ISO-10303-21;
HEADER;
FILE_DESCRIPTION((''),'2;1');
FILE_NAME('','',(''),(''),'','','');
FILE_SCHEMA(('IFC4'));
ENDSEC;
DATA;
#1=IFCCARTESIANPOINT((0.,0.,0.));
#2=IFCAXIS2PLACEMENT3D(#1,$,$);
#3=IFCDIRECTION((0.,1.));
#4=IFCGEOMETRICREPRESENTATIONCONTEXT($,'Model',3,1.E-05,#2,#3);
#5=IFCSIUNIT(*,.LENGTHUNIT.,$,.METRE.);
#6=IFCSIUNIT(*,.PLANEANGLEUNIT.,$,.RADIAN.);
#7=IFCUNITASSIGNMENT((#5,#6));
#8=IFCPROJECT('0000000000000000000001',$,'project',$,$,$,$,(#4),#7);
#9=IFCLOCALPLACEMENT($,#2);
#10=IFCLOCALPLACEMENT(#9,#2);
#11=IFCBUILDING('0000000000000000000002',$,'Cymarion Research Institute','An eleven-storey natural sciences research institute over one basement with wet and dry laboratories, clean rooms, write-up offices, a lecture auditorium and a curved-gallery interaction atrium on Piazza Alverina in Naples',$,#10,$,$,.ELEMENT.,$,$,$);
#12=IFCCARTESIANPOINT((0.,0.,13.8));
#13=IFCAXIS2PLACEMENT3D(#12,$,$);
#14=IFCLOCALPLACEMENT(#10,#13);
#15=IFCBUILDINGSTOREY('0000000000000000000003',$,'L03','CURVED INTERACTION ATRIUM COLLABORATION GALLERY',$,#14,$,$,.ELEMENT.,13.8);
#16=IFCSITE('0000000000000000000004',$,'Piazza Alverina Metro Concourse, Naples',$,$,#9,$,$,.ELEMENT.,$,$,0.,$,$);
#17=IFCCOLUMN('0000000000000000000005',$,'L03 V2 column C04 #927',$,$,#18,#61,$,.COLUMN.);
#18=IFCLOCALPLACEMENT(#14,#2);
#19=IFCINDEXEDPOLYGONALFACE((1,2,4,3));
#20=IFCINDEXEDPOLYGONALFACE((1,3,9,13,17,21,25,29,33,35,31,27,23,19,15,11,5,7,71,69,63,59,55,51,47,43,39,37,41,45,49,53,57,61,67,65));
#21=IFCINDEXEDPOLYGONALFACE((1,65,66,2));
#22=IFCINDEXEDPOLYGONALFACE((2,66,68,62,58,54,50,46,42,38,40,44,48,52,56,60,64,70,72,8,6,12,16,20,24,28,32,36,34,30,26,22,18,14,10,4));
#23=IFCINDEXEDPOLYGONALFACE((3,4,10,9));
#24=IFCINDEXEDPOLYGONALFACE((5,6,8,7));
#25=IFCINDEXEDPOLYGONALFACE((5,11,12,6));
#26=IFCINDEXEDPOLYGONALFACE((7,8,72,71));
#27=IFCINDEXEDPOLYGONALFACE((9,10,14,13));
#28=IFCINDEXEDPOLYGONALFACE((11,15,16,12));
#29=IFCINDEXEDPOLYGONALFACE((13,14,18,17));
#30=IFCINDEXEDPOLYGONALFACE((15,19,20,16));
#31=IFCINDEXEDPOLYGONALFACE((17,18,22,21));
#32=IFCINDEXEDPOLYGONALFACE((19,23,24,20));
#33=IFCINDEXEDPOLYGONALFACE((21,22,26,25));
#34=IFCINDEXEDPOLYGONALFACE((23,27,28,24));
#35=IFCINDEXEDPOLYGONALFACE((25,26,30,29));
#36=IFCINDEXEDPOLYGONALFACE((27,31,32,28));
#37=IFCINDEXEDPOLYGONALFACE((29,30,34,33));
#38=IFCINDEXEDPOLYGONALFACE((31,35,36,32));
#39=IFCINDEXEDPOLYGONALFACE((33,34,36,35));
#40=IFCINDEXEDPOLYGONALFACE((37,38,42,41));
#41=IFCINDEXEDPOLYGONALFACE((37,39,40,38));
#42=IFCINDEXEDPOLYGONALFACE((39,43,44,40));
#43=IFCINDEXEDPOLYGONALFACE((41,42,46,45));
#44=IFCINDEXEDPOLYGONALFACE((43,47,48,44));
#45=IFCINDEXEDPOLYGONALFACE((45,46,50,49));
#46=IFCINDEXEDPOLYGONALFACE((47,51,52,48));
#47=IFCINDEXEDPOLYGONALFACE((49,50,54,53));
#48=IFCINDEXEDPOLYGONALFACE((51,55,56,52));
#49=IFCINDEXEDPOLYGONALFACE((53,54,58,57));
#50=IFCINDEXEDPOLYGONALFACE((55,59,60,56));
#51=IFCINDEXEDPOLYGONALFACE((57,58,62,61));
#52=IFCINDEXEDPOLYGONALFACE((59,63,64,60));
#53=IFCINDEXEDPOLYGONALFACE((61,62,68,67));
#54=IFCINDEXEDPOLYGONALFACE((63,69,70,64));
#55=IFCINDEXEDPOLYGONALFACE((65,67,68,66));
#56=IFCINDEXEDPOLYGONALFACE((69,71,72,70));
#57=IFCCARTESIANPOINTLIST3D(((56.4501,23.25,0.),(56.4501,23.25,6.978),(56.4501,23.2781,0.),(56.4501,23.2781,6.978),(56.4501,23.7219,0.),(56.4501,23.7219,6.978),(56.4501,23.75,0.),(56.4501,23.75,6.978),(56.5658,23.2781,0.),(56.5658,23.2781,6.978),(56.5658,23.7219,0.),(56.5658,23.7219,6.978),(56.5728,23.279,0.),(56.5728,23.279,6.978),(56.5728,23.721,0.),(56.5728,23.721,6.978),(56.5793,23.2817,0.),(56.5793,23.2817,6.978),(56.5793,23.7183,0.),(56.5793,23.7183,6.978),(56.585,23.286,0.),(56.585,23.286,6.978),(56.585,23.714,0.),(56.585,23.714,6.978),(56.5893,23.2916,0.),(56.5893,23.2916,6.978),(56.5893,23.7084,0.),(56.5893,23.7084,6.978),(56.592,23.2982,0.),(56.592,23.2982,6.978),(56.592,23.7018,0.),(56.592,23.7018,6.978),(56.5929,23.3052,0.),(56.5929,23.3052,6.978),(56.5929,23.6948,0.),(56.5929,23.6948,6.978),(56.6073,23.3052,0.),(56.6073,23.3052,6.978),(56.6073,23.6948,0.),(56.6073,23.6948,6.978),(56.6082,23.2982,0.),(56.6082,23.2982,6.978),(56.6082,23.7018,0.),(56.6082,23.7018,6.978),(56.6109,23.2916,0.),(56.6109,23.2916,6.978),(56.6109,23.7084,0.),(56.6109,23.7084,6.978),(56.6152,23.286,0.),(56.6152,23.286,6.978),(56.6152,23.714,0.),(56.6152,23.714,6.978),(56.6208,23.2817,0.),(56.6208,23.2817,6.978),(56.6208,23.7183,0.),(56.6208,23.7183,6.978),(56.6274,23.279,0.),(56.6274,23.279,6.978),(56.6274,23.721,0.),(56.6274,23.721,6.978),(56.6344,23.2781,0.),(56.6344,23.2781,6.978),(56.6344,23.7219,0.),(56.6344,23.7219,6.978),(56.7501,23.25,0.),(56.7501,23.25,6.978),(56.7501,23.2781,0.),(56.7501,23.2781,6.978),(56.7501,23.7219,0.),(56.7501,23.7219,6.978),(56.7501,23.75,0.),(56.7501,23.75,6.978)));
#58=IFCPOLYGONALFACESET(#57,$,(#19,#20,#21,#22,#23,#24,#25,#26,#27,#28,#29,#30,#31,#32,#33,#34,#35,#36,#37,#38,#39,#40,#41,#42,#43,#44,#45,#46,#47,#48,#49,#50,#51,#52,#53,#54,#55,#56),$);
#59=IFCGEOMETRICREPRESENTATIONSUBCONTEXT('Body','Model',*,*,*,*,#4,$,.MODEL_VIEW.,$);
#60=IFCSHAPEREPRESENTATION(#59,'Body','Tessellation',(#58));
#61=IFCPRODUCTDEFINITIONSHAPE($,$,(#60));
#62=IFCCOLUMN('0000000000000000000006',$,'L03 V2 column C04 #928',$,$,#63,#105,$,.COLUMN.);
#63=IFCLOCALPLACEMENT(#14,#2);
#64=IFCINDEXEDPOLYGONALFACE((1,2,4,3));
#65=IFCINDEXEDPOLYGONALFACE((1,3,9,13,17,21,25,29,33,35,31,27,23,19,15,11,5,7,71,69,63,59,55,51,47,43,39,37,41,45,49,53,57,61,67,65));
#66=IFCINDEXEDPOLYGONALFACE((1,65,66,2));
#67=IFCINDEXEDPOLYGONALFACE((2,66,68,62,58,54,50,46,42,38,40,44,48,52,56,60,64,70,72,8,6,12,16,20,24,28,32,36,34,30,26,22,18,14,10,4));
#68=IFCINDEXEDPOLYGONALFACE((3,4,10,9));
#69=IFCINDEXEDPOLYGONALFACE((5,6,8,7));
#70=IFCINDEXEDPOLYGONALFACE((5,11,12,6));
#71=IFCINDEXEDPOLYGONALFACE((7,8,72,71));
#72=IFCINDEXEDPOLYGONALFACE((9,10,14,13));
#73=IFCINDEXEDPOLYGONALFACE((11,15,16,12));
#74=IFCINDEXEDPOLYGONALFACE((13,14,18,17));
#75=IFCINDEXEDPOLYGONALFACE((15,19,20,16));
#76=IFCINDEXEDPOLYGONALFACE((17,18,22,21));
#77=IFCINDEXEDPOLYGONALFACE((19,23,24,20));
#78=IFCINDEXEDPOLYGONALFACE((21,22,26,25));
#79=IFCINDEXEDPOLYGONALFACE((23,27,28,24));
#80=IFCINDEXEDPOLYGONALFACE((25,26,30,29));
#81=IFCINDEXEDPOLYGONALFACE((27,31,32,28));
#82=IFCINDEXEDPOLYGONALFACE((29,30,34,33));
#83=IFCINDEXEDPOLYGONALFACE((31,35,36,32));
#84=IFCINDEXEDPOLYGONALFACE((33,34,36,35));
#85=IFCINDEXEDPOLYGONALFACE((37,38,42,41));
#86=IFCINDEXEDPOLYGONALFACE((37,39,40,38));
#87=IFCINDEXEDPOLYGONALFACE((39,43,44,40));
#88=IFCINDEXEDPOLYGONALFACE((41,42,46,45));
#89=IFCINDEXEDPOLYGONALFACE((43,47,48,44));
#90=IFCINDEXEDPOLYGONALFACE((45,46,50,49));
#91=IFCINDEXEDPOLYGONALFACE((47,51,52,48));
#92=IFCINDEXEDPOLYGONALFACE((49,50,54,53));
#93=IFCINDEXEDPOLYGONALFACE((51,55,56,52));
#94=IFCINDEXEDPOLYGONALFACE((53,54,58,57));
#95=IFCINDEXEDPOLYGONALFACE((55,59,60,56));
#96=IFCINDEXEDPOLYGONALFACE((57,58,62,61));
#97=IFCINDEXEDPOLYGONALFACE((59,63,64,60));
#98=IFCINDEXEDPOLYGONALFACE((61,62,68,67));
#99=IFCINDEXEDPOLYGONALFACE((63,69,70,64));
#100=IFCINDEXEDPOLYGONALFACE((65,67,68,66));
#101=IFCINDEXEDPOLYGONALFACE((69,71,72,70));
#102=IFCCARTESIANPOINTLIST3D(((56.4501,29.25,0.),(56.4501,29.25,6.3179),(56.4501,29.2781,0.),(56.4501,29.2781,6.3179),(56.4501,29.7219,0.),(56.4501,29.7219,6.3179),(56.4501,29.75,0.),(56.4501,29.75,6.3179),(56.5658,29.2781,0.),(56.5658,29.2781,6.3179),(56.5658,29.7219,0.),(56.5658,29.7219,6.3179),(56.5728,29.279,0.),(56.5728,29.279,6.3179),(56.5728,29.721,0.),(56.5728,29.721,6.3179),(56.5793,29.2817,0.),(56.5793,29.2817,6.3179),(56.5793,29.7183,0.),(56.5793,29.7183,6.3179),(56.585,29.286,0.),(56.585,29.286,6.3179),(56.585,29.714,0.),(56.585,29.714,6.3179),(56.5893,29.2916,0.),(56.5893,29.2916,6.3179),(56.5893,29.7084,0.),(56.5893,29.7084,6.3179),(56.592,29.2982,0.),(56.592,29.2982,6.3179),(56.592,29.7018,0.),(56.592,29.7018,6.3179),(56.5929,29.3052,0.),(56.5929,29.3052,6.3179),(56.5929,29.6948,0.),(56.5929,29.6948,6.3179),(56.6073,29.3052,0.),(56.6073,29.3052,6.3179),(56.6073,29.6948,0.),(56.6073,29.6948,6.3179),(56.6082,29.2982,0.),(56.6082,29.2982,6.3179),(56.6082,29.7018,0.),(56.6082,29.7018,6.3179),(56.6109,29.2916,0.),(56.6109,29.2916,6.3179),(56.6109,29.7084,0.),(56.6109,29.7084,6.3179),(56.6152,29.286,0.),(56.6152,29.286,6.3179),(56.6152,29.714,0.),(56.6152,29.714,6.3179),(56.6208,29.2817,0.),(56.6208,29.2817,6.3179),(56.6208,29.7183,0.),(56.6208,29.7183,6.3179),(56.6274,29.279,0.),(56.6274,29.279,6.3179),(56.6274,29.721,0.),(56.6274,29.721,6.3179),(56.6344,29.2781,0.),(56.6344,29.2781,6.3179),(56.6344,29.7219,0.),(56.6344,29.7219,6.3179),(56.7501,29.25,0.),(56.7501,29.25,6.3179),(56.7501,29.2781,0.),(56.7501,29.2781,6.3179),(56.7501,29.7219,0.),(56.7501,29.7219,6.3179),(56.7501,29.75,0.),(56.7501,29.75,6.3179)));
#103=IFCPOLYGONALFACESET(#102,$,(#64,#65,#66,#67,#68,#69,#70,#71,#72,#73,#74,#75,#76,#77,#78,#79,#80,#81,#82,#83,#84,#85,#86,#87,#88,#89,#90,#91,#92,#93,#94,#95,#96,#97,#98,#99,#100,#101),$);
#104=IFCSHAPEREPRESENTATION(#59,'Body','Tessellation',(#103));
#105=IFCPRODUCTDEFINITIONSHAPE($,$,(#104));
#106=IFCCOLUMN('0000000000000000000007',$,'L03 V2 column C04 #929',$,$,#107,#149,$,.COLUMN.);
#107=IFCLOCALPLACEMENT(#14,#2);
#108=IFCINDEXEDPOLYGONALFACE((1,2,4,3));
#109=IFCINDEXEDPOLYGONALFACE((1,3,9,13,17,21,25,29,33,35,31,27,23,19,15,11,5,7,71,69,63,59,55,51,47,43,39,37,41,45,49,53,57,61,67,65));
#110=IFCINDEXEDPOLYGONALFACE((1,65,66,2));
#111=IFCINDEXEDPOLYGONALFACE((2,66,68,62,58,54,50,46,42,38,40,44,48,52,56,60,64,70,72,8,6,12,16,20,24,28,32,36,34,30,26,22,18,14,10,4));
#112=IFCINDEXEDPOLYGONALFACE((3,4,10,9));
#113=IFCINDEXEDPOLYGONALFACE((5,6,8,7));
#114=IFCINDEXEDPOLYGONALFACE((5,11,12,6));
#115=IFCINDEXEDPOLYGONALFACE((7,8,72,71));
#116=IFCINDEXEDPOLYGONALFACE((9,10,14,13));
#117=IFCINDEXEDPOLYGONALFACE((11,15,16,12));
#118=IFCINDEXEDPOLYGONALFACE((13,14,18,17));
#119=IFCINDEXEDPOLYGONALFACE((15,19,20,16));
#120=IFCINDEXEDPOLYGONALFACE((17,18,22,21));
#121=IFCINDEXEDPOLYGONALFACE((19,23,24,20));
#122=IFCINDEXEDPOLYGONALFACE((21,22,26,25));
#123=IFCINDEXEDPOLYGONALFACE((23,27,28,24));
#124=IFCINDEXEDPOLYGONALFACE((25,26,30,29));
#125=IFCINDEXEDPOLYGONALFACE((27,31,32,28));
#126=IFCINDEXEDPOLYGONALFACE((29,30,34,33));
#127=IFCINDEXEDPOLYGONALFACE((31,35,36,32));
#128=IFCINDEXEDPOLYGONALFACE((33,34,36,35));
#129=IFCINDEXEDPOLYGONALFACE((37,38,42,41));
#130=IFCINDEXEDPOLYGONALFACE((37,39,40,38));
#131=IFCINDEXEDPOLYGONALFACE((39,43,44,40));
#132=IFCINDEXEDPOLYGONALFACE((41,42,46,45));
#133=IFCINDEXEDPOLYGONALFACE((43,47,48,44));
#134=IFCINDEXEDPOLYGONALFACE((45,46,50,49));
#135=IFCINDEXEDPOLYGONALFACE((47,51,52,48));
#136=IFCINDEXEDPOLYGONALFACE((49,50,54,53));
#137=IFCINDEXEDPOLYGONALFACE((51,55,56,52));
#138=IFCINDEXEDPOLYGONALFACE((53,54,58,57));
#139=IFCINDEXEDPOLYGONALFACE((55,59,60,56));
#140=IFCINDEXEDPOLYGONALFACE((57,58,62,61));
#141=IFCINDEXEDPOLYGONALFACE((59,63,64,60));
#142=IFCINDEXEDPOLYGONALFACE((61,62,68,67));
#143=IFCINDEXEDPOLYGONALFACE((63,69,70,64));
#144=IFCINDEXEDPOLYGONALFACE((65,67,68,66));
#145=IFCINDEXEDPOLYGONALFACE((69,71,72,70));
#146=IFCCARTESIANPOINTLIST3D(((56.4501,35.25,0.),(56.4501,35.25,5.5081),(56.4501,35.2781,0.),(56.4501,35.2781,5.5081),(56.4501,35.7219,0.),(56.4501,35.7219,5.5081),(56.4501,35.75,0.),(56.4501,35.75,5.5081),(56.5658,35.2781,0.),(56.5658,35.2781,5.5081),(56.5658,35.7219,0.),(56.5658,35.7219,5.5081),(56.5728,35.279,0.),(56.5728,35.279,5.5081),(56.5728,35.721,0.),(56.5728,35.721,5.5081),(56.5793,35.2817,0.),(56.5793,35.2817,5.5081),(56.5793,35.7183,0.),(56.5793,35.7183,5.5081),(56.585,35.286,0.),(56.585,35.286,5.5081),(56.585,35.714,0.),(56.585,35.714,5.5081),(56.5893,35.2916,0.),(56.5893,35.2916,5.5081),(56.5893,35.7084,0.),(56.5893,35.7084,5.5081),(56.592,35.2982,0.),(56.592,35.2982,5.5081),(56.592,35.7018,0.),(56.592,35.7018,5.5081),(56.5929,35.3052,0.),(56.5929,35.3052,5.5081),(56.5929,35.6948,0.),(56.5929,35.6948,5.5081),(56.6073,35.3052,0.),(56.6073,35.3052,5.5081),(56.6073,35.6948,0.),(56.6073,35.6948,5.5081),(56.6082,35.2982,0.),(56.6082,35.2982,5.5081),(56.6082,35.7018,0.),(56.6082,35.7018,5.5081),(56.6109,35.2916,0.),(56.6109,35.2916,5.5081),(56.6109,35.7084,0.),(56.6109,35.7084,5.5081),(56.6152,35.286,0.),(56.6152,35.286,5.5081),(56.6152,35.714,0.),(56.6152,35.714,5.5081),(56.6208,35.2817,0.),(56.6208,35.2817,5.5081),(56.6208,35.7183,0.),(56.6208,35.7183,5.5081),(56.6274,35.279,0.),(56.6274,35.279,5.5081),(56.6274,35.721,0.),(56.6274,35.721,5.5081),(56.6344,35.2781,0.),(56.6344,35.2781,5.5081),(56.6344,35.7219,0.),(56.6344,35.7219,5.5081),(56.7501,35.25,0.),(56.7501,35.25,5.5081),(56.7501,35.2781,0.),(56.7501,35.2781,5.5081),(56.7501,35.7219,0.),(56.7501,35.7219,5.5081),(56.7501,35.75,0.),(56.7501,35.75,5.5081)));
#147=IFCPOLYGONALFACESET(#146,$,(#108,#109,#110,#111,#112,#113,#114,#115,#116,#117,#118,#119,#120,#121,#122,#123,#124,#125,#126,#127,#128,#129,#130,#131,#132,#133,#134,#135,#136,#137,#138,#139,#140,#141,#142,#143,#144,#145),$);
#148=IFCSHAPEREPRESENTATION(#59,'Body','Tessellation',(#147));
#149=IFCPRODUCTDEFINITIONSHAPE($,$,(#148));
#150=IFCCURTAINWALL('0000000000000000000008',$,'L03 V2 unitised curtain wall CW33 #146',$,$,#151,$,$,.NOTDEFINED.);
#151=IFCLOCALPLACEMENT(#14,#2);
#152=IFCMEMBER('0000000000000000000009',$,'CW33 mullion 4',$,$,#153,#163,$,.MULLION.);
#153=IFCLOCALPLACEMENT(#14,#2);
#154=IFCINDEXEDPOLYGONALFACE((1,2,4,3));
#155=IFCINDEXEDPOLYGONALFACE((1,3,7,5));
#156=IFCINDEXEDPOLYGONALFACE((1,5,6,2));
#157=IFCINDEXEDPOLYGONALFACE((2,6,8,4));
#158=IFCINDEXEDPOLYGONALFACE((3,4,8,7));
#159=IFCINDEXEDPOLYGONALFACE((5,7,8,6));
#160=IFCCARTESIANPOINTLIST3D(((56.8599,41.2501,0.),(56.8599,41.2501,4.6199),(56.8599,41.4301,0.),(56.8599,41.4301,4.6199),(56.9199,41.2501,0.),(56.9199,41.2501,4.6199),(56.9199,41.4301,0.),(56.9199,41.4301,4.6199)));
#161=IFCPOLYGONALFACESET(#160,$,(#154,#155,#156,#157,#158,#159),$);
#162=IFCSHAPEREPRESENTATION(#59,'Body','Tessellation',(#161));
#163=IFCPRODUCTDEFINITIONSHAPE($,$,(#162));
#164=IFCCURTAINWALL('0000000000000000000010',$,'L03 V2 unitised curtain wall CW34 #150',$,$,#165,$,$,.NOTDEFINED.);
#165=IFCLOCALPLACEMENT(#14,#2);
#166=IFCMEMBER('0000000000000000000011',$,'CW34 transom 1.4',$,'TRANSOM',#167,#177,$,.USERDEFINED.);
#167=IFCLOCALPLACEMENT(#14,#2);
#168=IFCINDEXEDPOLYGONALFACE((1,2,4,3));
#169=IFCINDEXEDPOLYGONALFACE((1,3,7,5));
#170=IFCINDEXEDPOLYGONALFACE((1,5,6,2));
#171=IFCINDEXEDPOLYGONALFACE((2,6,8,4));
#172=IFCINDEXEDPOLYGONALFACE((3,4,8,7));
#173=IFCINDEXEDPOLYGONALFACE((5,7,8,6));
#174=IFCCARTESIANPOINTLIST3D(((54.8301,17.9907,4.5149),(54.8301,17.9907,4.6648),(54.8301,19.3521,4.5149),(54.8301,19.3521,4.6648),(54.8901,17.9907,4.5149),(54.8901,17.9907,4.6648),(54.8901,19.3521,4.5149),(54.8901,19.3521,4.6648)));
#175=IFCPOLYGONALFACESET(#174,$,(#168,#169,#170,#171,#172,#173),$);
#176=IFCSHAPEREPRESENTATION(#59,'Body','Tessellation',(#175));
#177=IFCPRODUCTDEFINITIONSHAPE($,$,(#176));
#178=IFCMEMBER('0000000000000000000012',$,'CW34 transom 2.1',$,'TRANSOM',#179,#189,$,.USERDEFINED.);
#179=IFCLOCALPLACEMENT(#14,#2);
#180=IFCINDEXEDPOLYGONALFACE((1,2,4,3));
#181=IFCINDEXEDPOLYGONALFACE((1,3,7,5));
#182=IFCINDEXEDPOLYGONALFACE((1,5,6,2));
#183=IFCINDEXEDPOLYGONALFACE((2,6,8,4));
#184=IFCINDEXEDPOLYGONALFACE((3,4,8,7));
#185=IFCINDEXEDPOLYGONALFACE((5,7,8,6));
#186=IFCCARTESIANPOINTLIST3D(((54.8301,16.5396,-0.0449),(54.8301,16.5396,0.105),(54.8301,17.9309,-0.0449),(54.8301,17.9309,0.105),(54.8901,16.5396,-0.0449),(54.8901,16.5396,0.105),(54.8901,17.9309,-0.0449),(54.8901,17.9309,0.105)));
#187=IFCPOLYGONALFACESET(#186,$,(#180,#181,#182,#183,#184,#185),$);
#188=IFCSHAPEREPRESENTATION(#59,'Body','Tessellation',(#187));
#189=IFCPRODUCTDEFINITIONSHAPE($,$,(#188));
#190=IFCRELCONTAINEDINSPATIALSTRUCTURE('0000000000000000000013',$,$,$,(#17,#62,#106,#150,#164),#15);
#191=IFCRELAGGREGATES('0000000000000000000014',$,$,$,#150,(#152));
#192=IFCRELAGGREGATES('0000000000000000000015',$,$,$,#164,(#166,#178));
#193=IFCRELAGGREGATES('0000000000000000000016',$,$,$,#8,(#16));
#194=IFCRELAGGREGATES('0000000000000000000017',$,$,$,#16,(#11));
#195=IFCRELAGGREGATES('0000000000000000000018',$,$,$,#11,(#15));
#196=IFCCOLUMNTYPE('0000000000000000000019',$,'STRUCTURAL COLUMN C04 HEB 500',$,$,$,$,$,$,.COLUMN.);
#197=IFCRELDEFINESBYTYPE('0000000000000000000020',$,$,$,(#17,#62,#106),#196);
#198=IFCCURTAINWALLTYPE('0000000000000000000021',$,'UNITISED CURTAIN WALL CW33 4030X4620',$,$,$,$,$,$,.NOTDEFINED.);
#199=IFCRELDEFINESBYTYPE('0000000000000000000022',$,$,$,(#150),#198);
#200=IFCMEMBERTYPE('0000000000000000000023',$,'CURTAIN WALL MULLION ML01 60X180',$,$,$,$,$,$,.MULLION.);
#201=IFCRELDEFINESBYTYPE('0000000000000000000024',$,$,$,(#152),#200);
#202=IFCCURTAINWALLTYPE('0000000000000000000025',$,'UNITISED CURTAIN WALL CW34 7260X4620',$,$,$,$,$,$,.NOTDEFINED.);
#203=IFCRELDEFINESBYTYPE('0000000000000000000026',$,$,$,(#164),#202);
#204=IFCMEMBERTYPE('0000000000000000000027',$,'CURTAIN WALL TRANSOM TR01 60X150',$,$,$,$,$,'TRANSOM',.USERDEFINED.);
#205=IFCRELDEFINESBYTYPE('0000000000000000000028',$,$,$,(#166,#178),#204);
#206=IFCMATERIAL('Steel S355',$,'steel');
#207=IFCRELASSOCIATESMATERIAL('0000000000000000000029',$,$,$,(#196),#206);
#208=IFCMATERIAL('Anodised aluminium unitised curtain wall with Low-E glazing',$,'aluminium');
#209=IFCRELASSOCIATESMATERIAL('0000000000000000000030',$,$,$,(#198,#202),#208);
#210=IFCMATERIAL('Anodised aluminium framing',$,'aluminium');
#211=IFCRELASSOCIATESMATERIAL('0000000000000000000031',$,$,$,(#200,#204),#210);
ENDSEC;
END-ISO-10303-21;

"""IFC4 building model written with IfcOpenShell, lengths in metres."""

from ifc_helpers import new_model, si_unit, direction, frame, origin, origin_2d, place, context, subcontext, project, spatial, rectangle, i_section, extrude, material, material_profile, profile_set, type_object, element, aggregate, save


model = new_model("IFC4")

# Units and contexts
model_context = context("Model", 3, precision=1e-05, world=origin(), true_north=direction((0.0, 1.0)))
body_context = subcontext(model_context, "Body", "Model", "MODEL_VIEW")
ifc_project = project(units=[si_unit("LENGTHUNIT", "METRE"), si_unit("PLANEANGLEUNIT", "RADIAN")], contexts=[model_context])

# Site, building, storey
site_placement = place(None, origin())
site = spatial("IfcSite", under=ifc_project, at=site_placement, Name="Piazza Alverina Metro Concourse, Naples", CompositionType="ELEMENT", RefElevation=0.0)
building_placement = place(site_placement, origin())
building = spatial("IfcBuilding", under=site, at=building_placement, Name="Cymarion Research Institute", Description="An eleven-storey natural sciences research institute over one basement with wet and dry laboratories, clean rooms, write-up offices, a lecture auditorium and a curved-gallery interaction atrium on Piazza Alverina in Naples", CompositionType="ELEMENT")
storey_placement = place(building_placement, frame((0.0, 0.0, 13.8)))
storey = spatial("IfcBuildingStorey", under=building, at=storey_placement, Name="L03", Description="CURVED INTERACTION ATRIUM COLLABORATION GALLERY", CompositionType="ELEMENT", Elevation=13.8)

# Columns
ifc_material_1 = material(Name="Steel S355", Category="steel")
ifc_material_profile_1 = material_profile(ifc_material_1, i_section(OverallWidth=0.3, OverallDepth=0.5, WebThickness=0.0144, FlangeThickness=0.0281, FilletRadius=0.0271, at=origin_2d()), Name="HEB 500")
ifc_profile_set_1 = profile_set([ifc_material_profile_1], Name="Steel S355")
column_type = type_object("IfcColumnType", Name="STRUCTURAL COLUMN C04 HEB 500", PredefinedType="COLUMN", material=ifc_profile_set_1)
column_1_placement = place(storey_placement, frame((56.6001, 23.5, 0.0), z_axis=(0.0, 0.0, 1.0), x_axis=(1.0, 0.0, 0.0)))
element("IfcColumn", 1, at=column_1_placement, inside=storey, type_object=column_type, Name="L03 V2 column C04 #927", PredefinedType="COLUMN", context=body_context, shape_type="SweptSolid", body=[
    extrude(i_section(OverallWidth=0.3, OverallDepth=0.5, WebThickness=0.0144, FlangeThickness=0.0281, FilletRadius=0.0271, at=origin_2d()), origin(), (0.0, 0.0, 1.0), 6.978),
])
column_2_placement = place(storey_placement, frame((56.6001, 29.5, 0.0), z_axis=(0.0, 0.0, 1.0), x_axis=(1.0, 0.0, 0.0)))
element("IfcColumn", 2, at=column_2_placement, inside=storey, type_object=column_type, Name="L03 V2 column C04 #928", PredefinedType="COLUMN", context=body_context, shape_type="SweptSolid", body=[
    extrude(i_section(OverallWidth=0.3, OverallDepth=0.5, WebThickness=0.0144, FlangeThickness=0.0281, FilletRadius=0.0271, at=origin_2d()), origin(), (0.0, 0.0, 1.0), 6.3179),
])
column_3_placement = place(storey_placement, frame((56.6001, 35.5, 0.0), z_axis=(0.0, 0.0, 1.0), x_axis=(1.0, 0.0, 0.0)))
element("IfcColumn", 3, at=column_3_placement, inside=storey, type_object=column_type, Name="L03 V2 column C04 #929", PredefinedType="COLUMN", context=body_context, shape_type="SweptSolid", body=[
    extrude(i_section(OverallWidth=0.3, OverallDepth=0.5, WebThickness=0.0144, FlangeThickness=0.0281, FilletRadius=0.0271, at=origin_2d()), origin(), (0.0, 0.0, 1.0), 5.5081),
])

# Curtain wall, member
ifc_material_2 = material(Name="Anodised aluminium unitised curtain wall with Low-E glazing", Category="aluminium")
curtain_wall_type_1 = type_object("IfcCurtainWallType", Name="UNITISED CURTAIN WALL CW33 4030X4620", PredefinedType="NOTDEFINED", material=ifc_material_2)
curtain_wall_1_placement = place(storey_placement, origin())
curtain_wall_1 = element("IfcCurtainWall", 4, at=curtain_wall_1_placement, inside=storey, type_object=curtain_wall_type_1, Name="L03 V2 unitised curtain wall CW33 #146", PredefinedType="NOTDEFINED")
ifc_material_3 = material(Name="Anodised aluminium framing", Category="aluminium")
ifc_material_profile_2 = material_profile(ifc_material_3, rectangle(XDim=0.0601, YDim=0.1799, at=origin_2d()), Name="ALU MULLION 60x180")
ifc_profile_set_2 = profile_set([ifc_material_profile_2], Name="Anodised aluminium framing")
member_type_1 = type_object("IfcMemberType", Name="CURTAIN WALL MULLION ML01 60X180", PredefinedType="MULLION", material=ifc_profile_set_2)
member_1_placement = place(storey_placement, frame((56.8899, 41.3401, 0.0), z_axis=(0.0, 0.0, 1.0), x_axis=(-1.0, 0.0, 0.0)))
member_1 = element("IfcMember", 5, at=member_1_placement, type_object=member_type_1, Name="CW33 mullion 4", PredefinedType="MULLION", context=body_context, shape_type="SweptSolid", body=[
    extrude(rectangle(XDim=0.0601, YDim=0.1799, at=origin_2d()), origin(), (0.0, 0.0, 1.0), 4.6199),
])

# Curtain wall, members
curtain_wall_type_2 = type_object("IfcCurtainWallType", Name="UNITISED CURTAIN WALL CW34 7260X4620", PredefinedType="NOTDEFINED", material=ifc_material_2)
curtain_wall_2_placement = place(storey_placement, origin())
curtain_wall_2 = element("IfcCurtainWall", 6, at=curtain_wall_2_placement, inside=storey, type_object=curtain_wall_type_2, Name="L03 V2 unitised curtain wall CW34 #150", PredefinedType="NOTDEFINED")
ifc_material_profile_3 = material_profile(ifc_material_3, rectangle(XDim=0.0601, YDim=0.1499, at=origin_2d()), Name="ALU TRANSOM 60x150")
ifc_profile_set_3 = profile_set([ifc_material_profile_3], Name="Anodised aluminium framing")
member_type_2 = type_object("IfcMemberType", Name="CURTAIN WALL TRANSOM TR01 60X150", ElementType="TRANSOM", PredefinedType="USERDEFINED", material=ifc_profile_set_3)
member_2_placement = place(storey_placement, frame((54.8601, 19.3521, 4.5898), z_axis=(0.0, -1.0, 0.0), x_axis=(1.0, 0.0, 0.0)))
member_2 = element("IfcMember", 7, at=member_2_placement, type_object=member_type_2, Name="CW34 transom 1.4", ObjectType="TRANSOM", PredefinedType="USERDEFINED", context=body_context, shape_type="SweptSolid", body=[
    extrude(rectangle(XDim=0.0601, YDim=0.1499, at=origin_2d()), origin(), (0.0, 0.0, 1.0), 1.3613),
])
member_3_placement = place(storey_placement, frame((54.8601, 17.9309, 0.03), z_axis=(0.0, -1.0, 0.0), x_axis=(1.0, 0.0, 0.0)))
member_3 = element("IfcMember", 8, at=member_3_placement, type_object=member_type_2, Name="CW34 transom 2.1", ObjectType="TRANSOM", PredefinedType="USERDEFINED", context=body_context, shape_type="SweptSolid", body=[
    extrude(rectangle(XDim=0.0601, YDim=0.1499, at=origin_2d()), origin(), (0.0, 0.0, 1.0), 1.3914),
])

aggregate(curtain_wall_1, [member_1])
aggregate(curtain_wall_2, [member_2, member_3])

save(model, "model.ifc")
